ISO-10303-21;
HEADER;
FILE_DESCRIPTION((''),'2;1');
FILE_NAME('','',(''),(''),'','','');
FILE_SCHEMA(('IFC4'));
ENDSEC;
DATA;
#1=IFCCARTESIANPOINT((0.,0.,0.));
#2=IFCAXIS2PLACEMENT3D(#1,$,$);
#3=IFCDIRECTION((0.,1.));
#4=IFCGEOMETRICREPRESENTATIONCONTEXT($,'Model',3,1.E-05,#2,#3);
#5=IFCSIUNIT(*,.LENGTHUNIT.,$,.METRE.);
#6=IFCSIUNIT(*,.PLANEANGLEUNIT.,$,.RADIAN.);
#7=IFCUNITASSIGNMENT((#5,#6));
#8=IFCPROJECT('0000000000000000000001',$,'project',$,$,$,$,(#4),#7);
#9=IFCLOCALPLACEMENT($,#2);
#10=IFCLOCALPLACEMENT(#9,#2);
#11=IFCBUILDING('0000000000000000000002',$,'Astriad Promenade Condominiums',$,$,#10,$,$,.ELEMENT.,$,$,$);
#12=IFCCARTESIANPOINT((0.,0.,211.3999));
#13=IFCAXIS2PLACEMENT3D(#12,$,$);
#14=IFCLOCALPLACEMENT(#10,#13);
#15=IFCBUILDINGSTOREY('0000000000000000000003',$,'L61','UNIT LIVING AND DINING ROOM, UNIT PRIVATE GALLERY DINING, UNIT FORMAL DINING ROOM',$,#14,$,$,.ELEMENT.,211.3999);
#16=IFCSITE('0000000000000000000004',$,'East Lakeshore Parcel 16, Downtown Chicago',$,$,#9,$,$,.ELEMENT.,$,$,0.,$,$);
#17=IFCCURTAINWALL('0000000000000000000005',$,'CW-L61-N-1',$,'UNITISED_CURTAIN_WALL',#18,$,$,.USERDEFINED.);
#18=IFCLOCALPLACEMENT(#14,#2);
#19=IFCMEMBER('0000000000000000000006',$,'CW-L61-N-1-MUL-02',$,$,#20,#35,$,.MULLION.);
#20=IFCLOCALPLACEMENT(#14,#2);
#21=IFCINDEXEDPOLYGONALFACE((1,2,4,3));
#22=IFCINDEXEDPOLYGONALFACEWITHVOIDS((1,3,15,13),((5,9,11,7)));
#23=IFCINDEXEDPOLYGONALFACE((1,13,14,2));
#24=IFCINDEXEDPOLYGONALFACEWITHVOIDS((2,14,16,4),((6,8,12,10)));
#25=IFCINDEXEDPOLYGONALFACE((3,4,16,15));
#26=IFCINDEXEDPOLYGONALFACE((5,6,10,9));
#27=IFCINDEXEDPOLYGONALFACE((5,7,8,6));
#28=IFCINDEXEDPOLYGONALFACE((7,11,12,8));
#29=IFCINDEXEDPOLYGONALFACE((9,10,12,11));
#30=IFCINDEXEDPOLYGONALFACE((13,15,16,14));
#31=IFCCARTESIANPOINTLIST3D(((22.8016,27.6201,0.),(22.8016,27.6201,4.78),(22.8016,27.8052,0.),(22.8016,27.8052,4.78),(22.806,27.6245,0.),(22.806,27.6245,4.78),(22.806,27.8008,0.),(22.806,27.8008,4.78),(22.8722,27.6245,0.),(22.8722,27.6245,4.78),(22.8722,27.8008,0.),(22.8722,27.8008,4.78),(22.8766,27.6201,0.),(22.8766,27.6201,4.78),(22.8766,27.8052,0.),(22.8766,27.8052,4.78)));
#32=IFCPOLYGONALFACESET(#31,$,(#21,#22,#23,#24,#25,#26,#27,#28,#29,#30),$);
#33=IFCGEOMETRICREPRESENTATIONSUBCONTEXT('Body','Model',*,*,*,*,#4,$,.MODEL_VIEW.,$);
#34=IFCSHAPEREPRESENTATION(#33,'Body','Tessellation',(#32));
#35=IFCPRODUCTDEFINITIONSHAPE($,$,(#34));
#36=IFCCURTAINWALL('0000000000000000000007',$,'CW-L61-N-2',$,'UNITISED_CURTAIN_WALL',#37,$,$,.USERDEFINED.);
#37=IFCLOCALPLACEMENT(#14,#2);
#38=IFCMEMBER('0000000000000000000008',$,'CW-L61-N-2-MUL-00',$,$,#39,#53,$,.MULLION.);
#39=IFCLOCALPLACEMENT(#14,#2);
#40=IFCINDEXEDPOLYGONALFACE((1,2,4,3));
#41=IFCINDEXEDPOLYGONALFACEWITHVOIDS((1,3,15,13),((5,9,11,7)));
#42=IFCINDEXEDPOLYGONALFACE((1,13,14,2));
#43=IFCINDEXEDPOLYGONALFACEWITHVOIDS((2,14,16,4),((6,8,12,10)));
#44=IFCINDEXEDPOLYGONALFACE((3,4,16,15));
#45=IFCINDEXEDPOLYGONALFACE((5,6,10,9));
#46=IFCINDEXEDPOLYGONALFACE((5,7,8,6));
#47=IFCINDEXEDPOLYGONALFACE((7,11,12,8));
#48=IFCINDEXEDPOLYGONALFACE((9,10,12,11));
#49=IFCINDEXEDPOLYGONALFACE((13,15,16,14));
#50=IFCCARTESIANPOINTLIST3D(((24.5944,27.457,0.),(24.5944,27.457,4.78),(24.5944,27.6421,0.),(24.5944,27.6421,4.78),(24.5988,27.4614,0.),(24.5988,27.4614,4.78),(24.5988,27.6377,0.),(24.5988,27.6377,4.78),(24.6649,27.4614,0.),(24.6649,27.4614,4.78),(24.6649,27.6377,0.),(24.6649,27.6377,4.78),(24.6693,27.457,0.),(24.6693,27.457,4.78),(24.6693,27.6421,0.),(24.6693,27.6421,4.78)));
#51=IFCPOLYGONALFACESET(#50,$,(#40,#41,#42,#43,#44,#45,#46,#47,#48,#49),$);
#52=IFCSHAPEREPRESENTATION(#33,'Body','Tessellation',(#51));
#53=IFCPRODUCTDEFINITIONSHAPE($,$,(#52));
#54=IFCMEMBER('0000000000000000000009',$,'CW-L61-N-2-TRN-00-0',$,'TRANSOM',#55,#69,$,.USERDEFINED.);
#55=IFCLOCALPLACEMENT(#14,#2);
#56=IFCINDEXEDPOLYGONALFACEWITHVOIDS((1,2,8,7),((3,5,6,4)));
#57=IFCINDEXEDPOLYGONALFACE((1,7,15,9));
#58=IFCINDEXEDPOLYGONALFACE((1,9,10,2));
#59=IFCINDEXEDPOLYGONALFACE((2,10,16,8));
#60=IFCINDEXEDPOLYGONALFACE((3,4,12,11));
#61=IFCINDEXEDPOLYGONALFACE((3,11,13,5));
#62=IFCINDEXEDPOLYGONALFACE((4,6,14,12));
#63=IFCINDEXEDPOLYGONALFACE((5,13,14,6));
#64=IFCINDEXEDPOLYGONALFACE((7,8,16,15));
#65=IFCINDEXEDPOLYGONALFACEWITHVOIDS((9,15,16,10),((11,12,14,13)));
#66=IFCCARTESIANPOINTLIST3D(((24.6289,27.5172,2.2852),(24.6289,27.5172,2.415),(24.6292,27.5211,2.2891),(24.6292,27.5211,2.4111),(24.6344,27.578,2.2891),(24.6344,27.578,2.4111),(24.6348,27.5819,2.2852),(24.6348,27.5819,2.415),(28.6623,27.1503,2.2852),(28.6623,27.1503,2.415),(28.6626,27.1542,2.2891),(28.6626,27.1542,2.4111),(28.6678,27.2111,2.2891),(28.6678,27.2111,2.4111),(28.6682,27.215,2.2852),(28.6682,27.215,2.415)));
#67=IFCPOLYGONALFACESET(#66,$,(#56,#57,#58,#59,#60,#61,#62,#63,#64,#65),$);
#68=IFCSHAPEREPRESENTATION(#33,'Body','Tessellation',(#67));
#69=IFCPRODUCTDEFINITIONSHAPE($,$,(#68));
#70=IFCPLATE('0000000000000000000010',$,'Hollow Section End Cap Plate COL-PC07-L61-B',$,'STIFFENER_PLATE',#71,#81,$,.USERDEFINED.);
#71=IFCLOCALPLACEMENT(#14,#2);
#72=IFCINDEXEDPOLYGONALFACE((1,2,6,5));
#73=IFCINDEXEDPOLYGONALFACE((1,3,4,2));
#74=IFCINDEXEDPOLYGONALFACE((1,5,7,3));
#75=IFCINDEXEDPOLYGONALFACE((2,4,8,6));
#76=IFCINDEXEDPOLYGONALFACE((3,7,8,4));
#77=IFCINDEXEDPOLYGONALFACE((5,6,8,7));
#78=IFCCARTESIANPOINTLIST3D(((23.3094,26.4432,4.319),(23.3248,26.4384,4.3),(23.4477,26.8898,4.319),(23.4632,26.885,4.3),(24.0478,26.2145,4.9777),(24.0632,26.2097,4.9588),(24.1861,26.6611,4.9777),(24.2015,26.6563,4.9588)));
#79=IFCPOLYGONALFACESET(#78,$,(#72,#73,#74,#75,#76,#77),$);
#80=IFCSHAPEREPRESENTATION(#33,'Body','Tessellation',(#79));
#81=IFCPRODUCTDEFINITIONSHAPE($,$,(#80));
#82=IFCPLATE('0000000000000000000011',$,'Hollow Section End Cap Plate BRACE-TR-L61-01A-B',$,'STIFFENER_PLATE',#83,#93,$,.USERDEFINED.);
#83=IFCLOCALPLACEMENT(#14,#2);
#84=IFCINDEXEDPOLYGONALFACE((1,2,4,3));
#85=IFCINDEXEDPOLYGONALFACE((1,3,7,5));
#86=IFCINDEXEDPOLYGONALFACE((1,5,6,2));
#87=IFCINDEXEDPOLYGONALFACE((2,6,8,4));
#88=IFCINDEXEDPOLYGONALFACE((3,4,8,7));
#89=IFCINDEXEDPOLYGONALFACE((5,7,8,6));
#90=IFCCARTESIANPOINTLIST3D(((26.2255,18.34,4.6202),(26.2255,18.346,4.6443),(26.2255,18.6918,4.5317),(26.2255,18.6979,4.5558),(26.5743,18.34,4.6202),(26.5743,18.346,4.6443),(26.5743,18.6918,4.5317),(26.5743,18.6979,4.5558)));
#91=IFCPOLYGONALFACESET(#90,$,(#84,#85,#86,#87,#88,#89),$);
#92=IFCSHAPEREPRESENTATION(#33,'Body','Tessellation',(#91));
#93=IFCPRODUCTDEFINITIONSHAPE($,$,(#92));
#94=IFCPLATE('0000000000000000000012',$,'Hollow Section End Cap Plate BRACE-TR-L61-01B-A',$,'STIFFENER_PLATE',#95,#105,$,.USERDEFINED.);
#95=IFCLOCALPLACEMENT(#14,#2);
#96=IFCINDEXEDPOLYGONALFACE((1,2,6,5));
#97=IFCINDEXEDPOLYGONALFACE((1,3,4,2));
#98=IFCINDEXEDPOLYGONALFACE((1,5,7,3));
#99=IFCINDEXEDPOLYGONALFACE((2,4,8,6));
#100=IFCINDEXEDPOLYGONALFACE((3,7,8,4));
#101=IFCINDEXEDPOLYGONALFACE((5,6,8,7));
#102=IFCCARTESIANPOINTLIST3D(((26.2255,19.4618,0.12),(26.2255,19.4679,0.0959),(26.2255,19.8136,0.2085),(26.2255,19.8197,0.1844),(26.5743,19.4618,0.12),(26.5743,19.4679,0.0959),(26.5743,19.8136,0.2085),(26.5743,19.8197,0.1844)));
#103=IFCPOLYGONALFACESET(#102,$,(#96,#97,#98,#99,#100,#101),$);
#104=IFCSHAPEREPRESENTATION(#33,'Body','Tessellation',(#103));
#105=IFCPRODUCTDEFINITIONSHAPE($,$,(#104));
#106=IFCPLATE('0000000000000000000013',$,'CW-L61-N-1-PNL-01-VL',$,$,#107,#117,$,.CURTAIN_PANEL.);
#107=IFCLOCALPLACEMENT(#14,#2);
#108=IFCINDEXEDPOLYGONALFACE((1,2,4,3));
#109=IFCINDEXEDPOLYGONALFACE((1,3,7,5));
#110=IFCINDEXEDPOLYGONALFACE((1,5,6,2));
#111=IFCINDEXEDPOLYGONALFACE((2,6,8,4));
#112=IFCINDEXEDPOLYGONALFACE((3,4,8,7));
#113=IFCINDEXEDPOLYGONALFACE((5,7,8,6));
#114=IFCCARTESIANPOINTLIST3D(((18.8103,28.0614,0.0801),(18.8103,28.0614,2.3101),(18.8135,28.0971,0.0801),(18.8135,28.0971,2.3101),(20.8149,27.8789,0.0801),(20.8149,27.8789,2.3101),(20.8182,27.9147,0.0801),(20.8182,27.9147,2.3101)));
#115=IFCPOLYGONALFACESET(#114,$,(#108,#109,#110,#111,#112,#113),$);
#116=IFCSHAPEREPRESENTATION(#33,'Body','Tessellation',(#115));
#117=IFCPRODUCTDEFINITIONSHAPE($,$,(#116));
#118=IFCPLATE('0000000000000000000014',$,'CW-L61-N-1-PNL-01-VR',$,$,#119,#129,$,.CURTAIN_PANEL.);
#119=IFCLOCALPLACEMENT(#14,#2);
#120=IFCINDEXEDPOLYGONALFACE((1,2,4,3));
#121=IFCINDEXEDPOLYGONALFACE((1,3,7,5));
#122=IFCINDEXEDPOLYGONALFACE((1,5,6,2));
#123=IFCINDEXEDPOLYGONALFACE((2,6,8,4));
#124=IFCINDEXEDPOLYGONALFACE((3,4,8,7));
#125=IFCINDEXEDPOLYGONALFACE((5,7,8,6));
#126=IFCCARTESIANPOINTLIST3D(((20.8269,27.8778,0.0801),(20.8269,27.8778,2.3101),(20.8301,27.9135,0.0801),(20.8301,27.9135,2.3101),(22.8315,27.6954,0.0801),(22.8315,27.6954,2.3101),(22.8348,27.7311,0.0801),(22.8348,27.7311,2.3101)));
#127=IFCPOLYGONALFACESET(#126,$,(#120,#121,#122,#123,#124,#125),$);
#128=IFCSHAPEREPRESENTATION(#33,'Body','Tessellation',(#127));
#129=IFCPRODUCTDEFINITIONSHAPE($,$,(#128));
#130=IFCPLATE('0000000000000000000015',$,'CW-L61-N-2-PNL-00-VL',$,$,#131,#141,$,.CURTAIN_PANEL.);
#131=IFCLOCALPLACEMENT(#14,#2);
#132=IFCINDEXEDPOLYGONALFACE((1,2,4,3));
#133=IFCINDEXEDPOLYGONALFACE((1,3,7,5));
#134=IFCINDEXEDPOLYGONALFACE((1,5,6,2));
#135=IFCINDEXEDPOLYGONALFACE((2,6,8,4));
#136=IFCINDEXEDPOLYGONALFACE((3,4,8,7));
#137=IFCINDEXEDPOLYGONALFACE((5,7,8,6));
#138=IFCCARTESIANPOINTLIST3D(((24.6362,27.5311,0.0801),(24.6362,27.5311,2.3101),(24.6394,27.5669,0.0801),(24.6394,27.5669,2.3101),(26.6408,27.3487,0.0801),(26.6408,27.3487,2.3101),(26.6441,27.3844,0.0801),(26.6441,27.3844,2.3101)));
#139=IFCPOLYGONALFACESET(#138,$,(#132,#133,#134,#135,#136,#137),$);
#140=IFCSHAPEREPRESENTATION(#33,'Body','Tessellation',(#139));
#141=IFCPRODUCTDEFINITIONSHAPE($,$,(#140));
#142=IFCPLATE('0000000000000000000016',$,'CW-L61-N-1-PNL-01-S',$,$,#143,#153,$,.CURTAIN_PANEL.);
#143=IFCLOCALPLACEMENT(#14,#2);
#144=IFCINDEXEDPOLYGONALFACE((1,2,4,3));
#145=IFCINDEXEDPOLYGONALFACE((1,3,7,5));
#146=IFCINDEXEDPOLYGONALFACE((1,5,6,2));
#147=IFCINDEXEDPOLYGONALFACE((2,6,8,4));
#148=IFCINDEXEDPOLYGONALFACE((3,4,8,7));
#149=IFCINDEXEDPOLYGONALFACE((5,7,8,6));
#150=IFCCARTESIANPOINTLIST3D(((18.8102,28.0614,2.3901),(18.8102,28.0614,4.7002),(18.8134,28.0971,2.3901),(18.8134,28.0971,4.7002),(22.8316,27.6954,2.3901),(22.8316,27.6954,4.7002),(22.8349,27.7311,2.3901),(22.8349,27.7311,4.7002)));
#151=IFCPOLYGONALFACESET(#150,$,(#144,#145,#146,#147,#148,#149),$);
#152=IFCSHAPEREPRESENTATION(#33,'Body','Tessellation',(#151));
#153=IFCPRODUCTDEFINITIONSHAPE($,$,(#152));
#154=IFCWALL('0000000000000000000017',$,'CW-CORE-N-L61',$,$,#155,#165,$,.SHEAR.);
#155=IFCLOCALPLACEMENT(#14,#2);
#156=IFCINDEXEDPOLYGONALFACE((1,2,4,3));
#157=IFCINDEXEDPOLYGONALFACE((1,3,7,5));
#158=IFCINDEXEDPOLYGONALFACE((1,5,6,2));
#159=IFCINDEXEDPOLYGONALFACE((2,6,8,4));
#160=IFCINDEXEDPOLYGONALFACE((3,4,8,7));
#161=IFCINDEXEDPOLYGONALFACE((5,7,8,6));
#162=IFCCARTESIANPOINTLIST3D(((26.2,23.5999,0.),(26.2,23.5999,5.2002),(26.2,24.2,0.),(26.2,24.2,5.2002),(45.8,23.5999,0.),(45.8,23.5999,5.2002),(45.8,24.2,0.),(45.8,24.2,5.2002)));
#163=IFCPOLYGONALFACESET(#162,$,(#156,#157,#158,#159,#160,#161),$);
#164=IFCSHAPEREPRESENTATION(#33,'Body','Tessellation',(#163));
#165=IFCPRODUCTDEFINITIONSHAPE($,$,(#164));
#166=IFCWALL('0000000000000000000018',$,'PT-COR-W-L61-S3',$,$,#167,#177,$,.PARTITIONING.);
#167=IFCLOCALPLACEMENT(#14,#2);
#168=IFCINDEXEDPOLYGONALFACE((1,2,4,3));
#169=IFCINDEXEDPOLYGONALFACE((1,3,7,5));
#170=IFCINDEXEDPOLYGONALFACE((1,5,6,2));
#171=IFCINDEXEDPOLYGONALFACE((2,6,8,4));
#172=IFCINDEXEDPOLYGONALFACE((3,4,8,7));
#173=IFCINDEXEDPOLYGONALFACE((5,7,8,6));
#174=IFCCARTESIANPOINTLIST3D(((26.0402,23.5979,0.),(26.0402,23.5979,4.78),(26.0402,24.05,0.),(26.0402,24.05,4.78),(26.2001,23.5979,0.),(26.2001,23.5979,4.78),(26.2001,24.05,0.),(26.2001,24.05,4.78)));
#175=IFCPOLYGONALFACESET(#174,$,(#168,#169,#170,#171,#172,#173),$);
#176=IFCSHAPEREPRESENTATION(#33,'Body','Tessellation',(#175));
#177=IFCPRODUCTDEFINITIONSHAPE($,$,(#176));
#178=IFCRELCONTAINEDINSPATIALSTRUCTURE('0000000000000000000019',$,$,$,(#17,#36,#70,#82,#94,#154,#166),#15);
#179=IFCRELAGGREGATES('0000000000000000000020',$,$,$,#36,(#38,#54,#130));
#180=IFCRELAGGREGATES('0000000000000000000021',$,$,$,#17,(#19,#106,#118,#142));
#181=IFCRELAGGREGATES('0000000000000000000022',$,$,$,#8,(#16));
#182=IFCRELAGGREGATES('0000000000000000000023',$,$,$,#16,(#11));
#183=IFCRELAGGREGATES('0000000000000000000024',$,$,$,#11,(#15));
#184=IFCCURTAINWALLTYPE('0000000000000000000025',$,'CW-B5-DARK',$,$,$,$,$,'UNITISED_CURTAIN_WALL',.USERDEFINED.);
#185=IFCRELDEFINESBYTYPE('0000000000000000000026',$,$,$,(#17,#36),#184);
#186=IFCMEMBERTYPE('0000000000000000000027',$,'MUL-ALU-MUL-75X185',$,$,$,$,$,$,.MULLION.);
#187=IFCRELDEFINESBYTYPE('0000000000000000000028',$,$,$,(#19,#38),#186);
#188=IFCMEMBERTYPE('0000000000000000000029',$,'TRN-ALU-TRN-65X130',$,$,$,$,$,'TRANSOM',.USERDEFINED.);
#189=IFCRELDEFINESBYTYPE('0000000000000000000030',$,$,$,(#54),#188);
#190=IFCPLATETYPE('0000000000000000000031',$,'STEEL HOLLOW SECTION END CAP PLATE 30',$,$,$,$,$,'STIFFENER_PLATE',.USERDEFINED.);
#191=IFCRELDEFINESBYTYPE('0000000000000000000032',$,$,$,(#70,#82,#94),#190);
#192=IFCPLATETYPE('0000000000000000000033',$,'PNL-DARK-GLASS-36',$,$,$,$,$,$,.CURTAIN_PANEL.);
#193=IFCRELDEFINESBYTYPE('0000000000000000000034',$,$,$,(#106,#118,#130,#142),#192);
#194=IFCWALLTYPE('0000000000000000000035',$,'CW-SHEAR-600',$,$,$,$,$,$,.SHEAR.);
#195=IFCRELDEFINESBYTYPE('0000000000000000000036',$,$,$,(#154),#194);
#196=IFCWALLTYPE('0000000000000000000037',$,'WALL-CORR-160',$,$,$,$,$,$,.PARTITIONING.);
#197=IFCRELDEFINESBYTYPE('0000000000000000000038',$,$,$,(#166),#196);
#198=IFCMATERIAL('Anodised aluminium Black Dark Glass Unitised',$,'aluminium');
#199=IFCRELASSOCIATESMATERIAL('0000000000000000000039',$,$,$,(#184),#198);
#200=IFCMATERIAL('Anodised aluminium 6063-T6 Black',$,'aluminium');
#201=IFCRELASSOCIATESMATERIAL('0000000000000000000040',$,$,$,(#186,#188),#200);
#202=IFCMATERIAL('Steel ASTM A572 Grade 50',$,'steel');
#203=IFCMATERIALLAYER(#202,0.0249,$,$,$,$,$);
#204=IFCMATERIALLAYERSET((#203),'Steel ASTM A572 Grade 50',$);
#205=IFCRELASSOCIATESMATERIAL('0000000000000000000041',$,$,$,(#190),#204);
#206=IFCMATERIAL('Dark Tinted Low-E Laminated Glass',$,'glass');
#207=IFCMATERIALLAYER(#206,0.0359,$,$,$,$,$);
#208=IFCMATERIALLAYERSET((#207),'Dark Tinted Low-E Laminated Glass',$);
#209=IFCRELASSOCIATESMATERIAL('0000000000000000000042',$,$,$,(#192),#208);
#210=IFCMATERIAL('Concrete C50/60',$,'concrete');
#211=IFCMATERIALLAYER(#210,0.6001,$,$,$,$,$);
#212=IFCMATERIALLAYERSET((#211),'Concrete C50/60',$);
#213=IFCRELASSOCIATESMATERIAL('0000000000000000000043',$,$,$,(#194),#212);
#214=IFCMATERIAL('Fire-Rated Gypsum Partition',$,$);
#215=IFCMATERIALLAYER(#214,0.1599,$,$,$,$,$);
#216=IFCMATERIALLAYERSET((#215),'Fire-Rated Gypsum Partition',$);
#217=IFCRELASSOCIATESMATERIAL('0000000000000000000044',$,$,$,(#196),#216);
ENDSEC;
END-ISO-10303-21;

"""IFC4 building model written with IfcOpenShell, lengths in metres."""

from ifc_helpers import new_model, si_unit, direction, frame, frame_2d, origin, origin_2d, place, context, subcontext, project, spatial, rectangle, hollow_rectangle, extrude, source, transform, mapped, material, layer, layer_set, material_profile, profile_set, type_object, type_shapes, element, aggregate, save


model = new_model("IFC4")

# Units and contexts
model_context = context("Model", 3, precision=1e-05, world=origin(), true_north=direction((0.0, 1.0)))
body_context = subcontext(model_context, "Body", "Model", "MODEL_VIEW")
ifc_project = project(units=[si_unit("LENGTHUNIT", "METRE"), si_unit("PLANEANGLEUNIT", "RADIAN")], contexts=[model_context])

# Site, building, storey
site_placement = place(None, origin())
site = spatial("IfcSite", under=ifc_project, at=site_placement, Name="East Lakeshore Parcel 16, Downtown Chicago", CompositionType="ELEMENT", RefElevation=0.0)
building_placement = place(site_placement, origin())
building = spatial("IfcBuilding", under=site, at=building_placement, Name="Astriad Promenade Condominiums", CompositionType="ELEMENT")
storey_placement = place(building_placement, frame((0.0, 0.0, 211.3999)))
storey = spatial("IfcBuildingStorey", under=building, at=storey_placement, Name="L61", Description="UNIT LIVING AND DINING ROOM, UNIT PRIVATE GALLERY DINING, UNIT FORMAL DINING ROOM", CompositionType="ELEMENT", Elevation=211.3999)

# Curtain wall, member
ifc_material_1 = material(Name="Anodised aluminium Black Dark Glass Unitised", Category="aluminium")
curtain_wall_type = type_object("IfcCurtainWallType", Name="CW-B5-DARK", ElementType="UNITISED_CURTAIN_WALL", PredefinedType="USERDEFINED", material=ifc_material_1)
curtain_wall_1_placement = place(storey_placement, origin())
curtain_wall_1 = element("IfcCurtainWall", 1, at=curtain_wall_1_placement, inside=storey, type_object=curtain_wall_type, Name="CW-L61-N-1", ObjectType="UNITISED_CURTAIN_WALL", PredefinedType="USERDEFINED")
ifc_material_2 = material(Name="Anodised aluminium 6063-T6 Black", Category="aluminium")
ifc_material_profile_1 = material_profile(ifc_material_2, hollow_rectangle(XDim=0.075, YDim=0.1851, WallThickness=0.0044, at=origin_2d()), Name="ALU-MUL-75X185")
ifc_profile_set_1 = profile_set([ifc_material_profile_1], Name="Anodised aluminium 6063-T6 Black")
member_type_1 = type_object("IfcMemberType", Name="MUL-ALU-MUL-75X185", PredefinedType="MULLION", material=ifc_profile_set_1)
shared_shape_1 = source(origin(), body_context, "Body", "SweptSolid", [
    extrude(hollow_rectangle(XDim=0.075, YDim=0.1851, WallThickness=0.0044, at=origin_2d()), origin(), (0.0, 0.0, 1.0), 4.78),
])
type_shapes(member_type_1, [shared_shape_1])
member_1_placement = place(storey_placement, frame((22.8391, 27.7126, 0.0), z_axis=(0.0, 0.0, 1.0), x_axis=(1.0, 0.0, 0.0)))
member_1 = element("IfcMember", 2, at=member_1_placement, type_object=member_type_1, Name="CW-L61-N-1-MUL-02", PredefinedType="MULLION", context=body_context, shape_type="MappedRepresentation", body=[
    mapped(shared_shape_1, transform((0.0, 0.0, 0.0), scale=1.0)),
])

# Curtain wall, members
curtain_wall_2_placement = place(storey_placement, origin())
curtain_wall_2 = element("IfcCurtainWall", 3, at=curtain_wall_2_placement, inside=storey, type_object=curtain_wall_type, Name="CW-L61-N-2", ObjectType="UNITISED_CURTAIN_WALL", PredefinedType="USERDEFINED")
member_2_placement = place(storey_placement, frame((24.6318, 27.5496, 0.0), z_axis=(0.0, 0.0, 1.0), x_axis=(1.0, 0.0, 0.0)))
member_2 = element("IfcMember", 4, at=member_2_placement, type_object=member_type_1, Name="CW-L61-N-2-MUL-00", PredefinedType="MULLION", context=body_context, shape_type="MappedRepresentation", body=[
    mapped(shared_shape_1, transform((0.0, 0.0, 0.0), scale=1.0)),
])
ifc_material_profile_2 = material_profile(ifc_material_2, hollow_rectangle(XDim=0.0649, YDim=0.1299, WallThickness=0.0039, at=origin_2d()), Name="ALU-TRN-65X130")
ifc_profile_set_2 = profile_set([ifc_material_profile_2], Name="Anodised aluminium 6063-T6 Black")
member_type_2 = type_object("IfcMemberType", Name="TRN-ALU-TRN-65X130", ElementType="TRANSOM", PredefinedType="USERDEFINED", material=ifc_profile_set_2)
shared_shape_2 = source(origin(), body_context, "Body", "SweptSolid", [
    extrude(hollow_rectangle(XDim=0.0649, YDim=0.1299, WallThickness=0.0039, at=origin_2d()), origin(), (0.0, 0.0, 1.0), 4.05),
])
type_shapes(member_type_2, [shared_shape_2])
member_3_placement = place(storey_placement, frame((24.6318, 27.5496, 2.3501), z_axis=(0.995887, -0.090601, 0.0), x_axis=(0.090601, 0.995887, 0.0)))
member_3 = element("IfcMember", 5, at=member_3_placement, type_object=member_type_2, Name="CW-L61-N-2-TRN-00-0", ObjectType="TRANSOM", PredefinedType="USERDEFINED", context=body_context, shape_type="MappedRepresentation", body=[
    mapped(shared_shape_2, transform((0.0, 0.0, 0.0), scale=1.0)),
])

# Plates
ifc_material_3 = material(Name="Steel ASTM A572 Grade 50", Category="steel")
ifc_layer_1 = layer(ifc_material_3, 0.0249)
ifc_layer_set_1 = layer_set([ifc_layer_1], Name="Steel ASTM A572 Grade 50")
plate_type_1 = type_object("IfcPlateType", Name="STEEL HOLLOW SECTION END CAP PLATE 30", ElementType="STIFFENER_PLATE", PredefinedType="USERDEFINED", material=ifc_layer_set_1)
shared_shape_3 = source(origin(), body_context, "Body", "SweptSolid", [
    extrude(rectangle(XDim=0.4675, YDim=1.0156, at=origin_2d()), origin(), (0.0, 0.0, 1.0), 0.0249),
])
plate_1_placement = place(storey_placement, frame((23.7632, 26.5474, 4.6294), z_axis=(-0.619592, 0.191939, 0.761095), x_axis=(-0.29591, -0.955216, 0.0)))
element("IfcPlate", 6, at=plate_1_placement, inside=storey, type_object=plate_type_1, Name="Hollow Section End Cap Plate COL-PC07-L61-B", ObjectType="STIFFENER_PLATE", PredefinedType="USERDEFINED", context=body_context, shape_type="MappedRepresentation", body=[
    mapped(shared_shape_3, transform((0.0, 0.0, 0.0), scale=1.0)),
])
shared_shape_4 = source(origin(), body_context, "Body", "SweptSolid", [
    extrude(rectangle(XDim=0.3489, YDim=0.3628, at=origin_2d()), origin(), (0.0, 0.0, 1.0), 0.0249),
])
type_shapes(plate_type_1, [shared_shape_3, shared_shape_4])
for number, where, z_axis, x_axis, name in (
    (7, (26.3999, 18.5159, 4.5759), (0.0, 0.243963, 0.969785), (1.0, 0.0, 0.0), "Hollow Section End Cap Plate BRACE-TR-L61-01A-B"),
    (8, (26.3999, 19.6438, 0.1401), (0.0, -0.243963, 0.969785), (1.0, 0.0, 0.0), "Hollow Section End Cap Plate BRACE-TR-L61-01B-A"),
):
    element("IfcPlate", number, at=place(storey_placement, frame(where, z_axis=z_axis, x_axis=x_axis)), inside=storey, type_object=plate_type_1, Name=name, ObjectType="STIFFENER_PLATE", PredefinedType="USERDEFINED", context=body_context, shape_type="MappedRepresentation", body=[
        mapped(shared_shape_4, transform((0.0, 0.0, 0.0), scale=1.0)),
    ])

# Plates
ifc_material_4 = material(Name="Dark Tinted Low-E Laminated Glass", Category="glass")
ifc_layer_2 = layer(ifc_material_4, 0.0359)
ifc_layer_set_2 = layer_set([ifc_layer_2], Name="Dark Tinted Low-E Laminated Glass")
plate_type_2 = type_object("IfcPlateType", Name="PNL-DARK-GLASS-36", PredefinedType="CURTAIN_PANEL", material=ifc_layer_set_2)
shared_shape_5 = source(origin(), body_context, "Body", "SweptSolid", [
    extrude(rectangle(XDim=2.0129, YDim=0.0359, at=origin_2d()), origin(), (0.0, 0.0, 1.0), 2.23),
])
plate_2_placement = place(storey_placement, frame((19.8142, 27.988, 0.0801), z_axis=(0.0, 0.0, 1.0), x_axis=(0.995884, -0.090633, 0.0)))
plate_2 = element("IfcPlate", 9, at=plate_2_placement, type_object=plate_type_2, Name="CW-L61-N-1-PNL-01-VL", PredefinedType="CURTAIN_PANEL", context=body_context, shape_type="MappedRepresentation", body=[
    mapped(shared_shape_5, transform((0.0, 0.0, 0.0), scale=1.0)),
])
plate_3_placement = place(storey_placement, frame((21.8308, 27.8044, 0.0801), z_axis=(0.0, 0.0, 1.0), x_axis=(0.995884, -0.090633, 0.0)))
plate_3 = element("IfcPlate", 10, at=plate_3_placement, type_object=plate_type_2, Name="CW-L61-N-1-PNL-01-VR", PredefinedType="CURTAIN_PANEL", context=body_context, shape_type="MappedRepresentation", body=[
    mapped(shared_shape_5, transform((0.0, 0.0, 0.0), scale=1.0)),
])
plate_4_placement = place(storey_placement, frame((25.6401, 27.4578, 0.0801), z_axis=(0.0, 0.0, 1.0), x_axis=(0.995884, -0.090633, 0.0)))
plate_4 = element("IfcPlate", 11, at=plate_4_placement, type_object=plate_type_2, Name="CW-L61-N-2-PNL-00-VL", PredefinedType="CURTAIN_PANEL", context=body_context, shape_type="MappedRepresentation", body=[
    mapped(shared_shape_5, transform((0.0, 0.0, 0.0), scale=1.0)),
])
aggregate(curtain_wall_2, [member_2, member_3, plate_4])
shared_shape_6 = source(origin(), body_context, "Body", "SweptSolid", [
    extrude(rectangle(XDim=4.0381, YDim=0.0359, at=origin_2d()), origin(), (0.0, 0.0, 1.0), 2.3101),
])
type_shapes(plate_type_2, [shared_shape_5, shared_shape_6])
plate_5_placement = place(storey_placement, frame((20.8225, 27.8962, 2.3901), z_axis=(0.0, 0.0, 1.0), x_axis=(0.995884, -0.090633, 0.0)))
plate_5 = element("IfcPlate", 12, at=plate_5_placement, type_object=plate_type_2, Name="CW-L61-N-1-PNL-01-S", PredefinedType="CURTAIN_PANEL", context=body_context, shape_type="MappedRepresentation", body=[
    mapped(shared_shape_6, transform((0.0, 0.0, 0.0), scale=1.0)),
])
aggregate(curtain_wall_1, [member_1, plate_2, plate_3, plate_5])

# Walls
ifc_material_5 = material(Name="Concrete C50/60", Category="concrete")
ifc_layer_3 = layer(ifc_material_5, 0.6001)
ifc_layer_set_3 = layer_set([ifc_layer_3], Name="Concrete C50/60")
wall_type_1 = type_object("IfcWallType", Name="CW-SHEAR-600", PredefinedType="SHEAR", material=ifc_layer_set_3)
wall_1_placement = place(storey_placement, frame((26.2, 23.8999, 0.0), z_axis=(0.0, 0.0, 1.0), x_axis=(1.0, 0.0, 0.0)))
element("IfcWall", 13, at=wall_1_placement, inside=storey, type_object=wall_type_1, Name="CW-CORE-N-L61", PredefinedType="SHEAR", context=body_context, shape_type="SweptSolid", body=[
    extrude(rectangle(XDim=19.6001, YDim=0.6001, at=frame_2d((9.8, 0.0))), origin(), (0.0, 0.0, 1.0), 5.2002),
])
ifc_material_6 = material(Name="Fire-Rated Gypsum Partition")
ifc_layer_4 = layer(ifc_material_6, 0.1599)
ifc_layer_set_4 = layer_set([ifc_layer_4], Name="Fire-Rated Gypsum Partition")
wall_type_2 = type_object("IfcWallType", Name="WALL-CORR-160", PredefinedType="PARTITIONING", material=ifc_layer_set_4)
wall_2_placement = place(storey_placement, frame((26.1201, 23.5979, 0.0), z_axis=(0.0, 0.0, 1.0), x_axis=(0.0, 1.0, 0.0)))
element("IfcWall", 14, at=wall_2_placement, inside=storey, type_object=wall_type_2, Name="PT-COR-W-L61-S3", PredefinedType="PARTITIONING", context=body_context, shape_type="SweptSolid", body=[
    extrude(rectangle(XDim=0.4521, YDim=0.1599, at=frame_2d((0.2261, 0.0))), origin(), (0.0, 0.0, 1.0), 4.78),
])

save(model, "model.ifc")
